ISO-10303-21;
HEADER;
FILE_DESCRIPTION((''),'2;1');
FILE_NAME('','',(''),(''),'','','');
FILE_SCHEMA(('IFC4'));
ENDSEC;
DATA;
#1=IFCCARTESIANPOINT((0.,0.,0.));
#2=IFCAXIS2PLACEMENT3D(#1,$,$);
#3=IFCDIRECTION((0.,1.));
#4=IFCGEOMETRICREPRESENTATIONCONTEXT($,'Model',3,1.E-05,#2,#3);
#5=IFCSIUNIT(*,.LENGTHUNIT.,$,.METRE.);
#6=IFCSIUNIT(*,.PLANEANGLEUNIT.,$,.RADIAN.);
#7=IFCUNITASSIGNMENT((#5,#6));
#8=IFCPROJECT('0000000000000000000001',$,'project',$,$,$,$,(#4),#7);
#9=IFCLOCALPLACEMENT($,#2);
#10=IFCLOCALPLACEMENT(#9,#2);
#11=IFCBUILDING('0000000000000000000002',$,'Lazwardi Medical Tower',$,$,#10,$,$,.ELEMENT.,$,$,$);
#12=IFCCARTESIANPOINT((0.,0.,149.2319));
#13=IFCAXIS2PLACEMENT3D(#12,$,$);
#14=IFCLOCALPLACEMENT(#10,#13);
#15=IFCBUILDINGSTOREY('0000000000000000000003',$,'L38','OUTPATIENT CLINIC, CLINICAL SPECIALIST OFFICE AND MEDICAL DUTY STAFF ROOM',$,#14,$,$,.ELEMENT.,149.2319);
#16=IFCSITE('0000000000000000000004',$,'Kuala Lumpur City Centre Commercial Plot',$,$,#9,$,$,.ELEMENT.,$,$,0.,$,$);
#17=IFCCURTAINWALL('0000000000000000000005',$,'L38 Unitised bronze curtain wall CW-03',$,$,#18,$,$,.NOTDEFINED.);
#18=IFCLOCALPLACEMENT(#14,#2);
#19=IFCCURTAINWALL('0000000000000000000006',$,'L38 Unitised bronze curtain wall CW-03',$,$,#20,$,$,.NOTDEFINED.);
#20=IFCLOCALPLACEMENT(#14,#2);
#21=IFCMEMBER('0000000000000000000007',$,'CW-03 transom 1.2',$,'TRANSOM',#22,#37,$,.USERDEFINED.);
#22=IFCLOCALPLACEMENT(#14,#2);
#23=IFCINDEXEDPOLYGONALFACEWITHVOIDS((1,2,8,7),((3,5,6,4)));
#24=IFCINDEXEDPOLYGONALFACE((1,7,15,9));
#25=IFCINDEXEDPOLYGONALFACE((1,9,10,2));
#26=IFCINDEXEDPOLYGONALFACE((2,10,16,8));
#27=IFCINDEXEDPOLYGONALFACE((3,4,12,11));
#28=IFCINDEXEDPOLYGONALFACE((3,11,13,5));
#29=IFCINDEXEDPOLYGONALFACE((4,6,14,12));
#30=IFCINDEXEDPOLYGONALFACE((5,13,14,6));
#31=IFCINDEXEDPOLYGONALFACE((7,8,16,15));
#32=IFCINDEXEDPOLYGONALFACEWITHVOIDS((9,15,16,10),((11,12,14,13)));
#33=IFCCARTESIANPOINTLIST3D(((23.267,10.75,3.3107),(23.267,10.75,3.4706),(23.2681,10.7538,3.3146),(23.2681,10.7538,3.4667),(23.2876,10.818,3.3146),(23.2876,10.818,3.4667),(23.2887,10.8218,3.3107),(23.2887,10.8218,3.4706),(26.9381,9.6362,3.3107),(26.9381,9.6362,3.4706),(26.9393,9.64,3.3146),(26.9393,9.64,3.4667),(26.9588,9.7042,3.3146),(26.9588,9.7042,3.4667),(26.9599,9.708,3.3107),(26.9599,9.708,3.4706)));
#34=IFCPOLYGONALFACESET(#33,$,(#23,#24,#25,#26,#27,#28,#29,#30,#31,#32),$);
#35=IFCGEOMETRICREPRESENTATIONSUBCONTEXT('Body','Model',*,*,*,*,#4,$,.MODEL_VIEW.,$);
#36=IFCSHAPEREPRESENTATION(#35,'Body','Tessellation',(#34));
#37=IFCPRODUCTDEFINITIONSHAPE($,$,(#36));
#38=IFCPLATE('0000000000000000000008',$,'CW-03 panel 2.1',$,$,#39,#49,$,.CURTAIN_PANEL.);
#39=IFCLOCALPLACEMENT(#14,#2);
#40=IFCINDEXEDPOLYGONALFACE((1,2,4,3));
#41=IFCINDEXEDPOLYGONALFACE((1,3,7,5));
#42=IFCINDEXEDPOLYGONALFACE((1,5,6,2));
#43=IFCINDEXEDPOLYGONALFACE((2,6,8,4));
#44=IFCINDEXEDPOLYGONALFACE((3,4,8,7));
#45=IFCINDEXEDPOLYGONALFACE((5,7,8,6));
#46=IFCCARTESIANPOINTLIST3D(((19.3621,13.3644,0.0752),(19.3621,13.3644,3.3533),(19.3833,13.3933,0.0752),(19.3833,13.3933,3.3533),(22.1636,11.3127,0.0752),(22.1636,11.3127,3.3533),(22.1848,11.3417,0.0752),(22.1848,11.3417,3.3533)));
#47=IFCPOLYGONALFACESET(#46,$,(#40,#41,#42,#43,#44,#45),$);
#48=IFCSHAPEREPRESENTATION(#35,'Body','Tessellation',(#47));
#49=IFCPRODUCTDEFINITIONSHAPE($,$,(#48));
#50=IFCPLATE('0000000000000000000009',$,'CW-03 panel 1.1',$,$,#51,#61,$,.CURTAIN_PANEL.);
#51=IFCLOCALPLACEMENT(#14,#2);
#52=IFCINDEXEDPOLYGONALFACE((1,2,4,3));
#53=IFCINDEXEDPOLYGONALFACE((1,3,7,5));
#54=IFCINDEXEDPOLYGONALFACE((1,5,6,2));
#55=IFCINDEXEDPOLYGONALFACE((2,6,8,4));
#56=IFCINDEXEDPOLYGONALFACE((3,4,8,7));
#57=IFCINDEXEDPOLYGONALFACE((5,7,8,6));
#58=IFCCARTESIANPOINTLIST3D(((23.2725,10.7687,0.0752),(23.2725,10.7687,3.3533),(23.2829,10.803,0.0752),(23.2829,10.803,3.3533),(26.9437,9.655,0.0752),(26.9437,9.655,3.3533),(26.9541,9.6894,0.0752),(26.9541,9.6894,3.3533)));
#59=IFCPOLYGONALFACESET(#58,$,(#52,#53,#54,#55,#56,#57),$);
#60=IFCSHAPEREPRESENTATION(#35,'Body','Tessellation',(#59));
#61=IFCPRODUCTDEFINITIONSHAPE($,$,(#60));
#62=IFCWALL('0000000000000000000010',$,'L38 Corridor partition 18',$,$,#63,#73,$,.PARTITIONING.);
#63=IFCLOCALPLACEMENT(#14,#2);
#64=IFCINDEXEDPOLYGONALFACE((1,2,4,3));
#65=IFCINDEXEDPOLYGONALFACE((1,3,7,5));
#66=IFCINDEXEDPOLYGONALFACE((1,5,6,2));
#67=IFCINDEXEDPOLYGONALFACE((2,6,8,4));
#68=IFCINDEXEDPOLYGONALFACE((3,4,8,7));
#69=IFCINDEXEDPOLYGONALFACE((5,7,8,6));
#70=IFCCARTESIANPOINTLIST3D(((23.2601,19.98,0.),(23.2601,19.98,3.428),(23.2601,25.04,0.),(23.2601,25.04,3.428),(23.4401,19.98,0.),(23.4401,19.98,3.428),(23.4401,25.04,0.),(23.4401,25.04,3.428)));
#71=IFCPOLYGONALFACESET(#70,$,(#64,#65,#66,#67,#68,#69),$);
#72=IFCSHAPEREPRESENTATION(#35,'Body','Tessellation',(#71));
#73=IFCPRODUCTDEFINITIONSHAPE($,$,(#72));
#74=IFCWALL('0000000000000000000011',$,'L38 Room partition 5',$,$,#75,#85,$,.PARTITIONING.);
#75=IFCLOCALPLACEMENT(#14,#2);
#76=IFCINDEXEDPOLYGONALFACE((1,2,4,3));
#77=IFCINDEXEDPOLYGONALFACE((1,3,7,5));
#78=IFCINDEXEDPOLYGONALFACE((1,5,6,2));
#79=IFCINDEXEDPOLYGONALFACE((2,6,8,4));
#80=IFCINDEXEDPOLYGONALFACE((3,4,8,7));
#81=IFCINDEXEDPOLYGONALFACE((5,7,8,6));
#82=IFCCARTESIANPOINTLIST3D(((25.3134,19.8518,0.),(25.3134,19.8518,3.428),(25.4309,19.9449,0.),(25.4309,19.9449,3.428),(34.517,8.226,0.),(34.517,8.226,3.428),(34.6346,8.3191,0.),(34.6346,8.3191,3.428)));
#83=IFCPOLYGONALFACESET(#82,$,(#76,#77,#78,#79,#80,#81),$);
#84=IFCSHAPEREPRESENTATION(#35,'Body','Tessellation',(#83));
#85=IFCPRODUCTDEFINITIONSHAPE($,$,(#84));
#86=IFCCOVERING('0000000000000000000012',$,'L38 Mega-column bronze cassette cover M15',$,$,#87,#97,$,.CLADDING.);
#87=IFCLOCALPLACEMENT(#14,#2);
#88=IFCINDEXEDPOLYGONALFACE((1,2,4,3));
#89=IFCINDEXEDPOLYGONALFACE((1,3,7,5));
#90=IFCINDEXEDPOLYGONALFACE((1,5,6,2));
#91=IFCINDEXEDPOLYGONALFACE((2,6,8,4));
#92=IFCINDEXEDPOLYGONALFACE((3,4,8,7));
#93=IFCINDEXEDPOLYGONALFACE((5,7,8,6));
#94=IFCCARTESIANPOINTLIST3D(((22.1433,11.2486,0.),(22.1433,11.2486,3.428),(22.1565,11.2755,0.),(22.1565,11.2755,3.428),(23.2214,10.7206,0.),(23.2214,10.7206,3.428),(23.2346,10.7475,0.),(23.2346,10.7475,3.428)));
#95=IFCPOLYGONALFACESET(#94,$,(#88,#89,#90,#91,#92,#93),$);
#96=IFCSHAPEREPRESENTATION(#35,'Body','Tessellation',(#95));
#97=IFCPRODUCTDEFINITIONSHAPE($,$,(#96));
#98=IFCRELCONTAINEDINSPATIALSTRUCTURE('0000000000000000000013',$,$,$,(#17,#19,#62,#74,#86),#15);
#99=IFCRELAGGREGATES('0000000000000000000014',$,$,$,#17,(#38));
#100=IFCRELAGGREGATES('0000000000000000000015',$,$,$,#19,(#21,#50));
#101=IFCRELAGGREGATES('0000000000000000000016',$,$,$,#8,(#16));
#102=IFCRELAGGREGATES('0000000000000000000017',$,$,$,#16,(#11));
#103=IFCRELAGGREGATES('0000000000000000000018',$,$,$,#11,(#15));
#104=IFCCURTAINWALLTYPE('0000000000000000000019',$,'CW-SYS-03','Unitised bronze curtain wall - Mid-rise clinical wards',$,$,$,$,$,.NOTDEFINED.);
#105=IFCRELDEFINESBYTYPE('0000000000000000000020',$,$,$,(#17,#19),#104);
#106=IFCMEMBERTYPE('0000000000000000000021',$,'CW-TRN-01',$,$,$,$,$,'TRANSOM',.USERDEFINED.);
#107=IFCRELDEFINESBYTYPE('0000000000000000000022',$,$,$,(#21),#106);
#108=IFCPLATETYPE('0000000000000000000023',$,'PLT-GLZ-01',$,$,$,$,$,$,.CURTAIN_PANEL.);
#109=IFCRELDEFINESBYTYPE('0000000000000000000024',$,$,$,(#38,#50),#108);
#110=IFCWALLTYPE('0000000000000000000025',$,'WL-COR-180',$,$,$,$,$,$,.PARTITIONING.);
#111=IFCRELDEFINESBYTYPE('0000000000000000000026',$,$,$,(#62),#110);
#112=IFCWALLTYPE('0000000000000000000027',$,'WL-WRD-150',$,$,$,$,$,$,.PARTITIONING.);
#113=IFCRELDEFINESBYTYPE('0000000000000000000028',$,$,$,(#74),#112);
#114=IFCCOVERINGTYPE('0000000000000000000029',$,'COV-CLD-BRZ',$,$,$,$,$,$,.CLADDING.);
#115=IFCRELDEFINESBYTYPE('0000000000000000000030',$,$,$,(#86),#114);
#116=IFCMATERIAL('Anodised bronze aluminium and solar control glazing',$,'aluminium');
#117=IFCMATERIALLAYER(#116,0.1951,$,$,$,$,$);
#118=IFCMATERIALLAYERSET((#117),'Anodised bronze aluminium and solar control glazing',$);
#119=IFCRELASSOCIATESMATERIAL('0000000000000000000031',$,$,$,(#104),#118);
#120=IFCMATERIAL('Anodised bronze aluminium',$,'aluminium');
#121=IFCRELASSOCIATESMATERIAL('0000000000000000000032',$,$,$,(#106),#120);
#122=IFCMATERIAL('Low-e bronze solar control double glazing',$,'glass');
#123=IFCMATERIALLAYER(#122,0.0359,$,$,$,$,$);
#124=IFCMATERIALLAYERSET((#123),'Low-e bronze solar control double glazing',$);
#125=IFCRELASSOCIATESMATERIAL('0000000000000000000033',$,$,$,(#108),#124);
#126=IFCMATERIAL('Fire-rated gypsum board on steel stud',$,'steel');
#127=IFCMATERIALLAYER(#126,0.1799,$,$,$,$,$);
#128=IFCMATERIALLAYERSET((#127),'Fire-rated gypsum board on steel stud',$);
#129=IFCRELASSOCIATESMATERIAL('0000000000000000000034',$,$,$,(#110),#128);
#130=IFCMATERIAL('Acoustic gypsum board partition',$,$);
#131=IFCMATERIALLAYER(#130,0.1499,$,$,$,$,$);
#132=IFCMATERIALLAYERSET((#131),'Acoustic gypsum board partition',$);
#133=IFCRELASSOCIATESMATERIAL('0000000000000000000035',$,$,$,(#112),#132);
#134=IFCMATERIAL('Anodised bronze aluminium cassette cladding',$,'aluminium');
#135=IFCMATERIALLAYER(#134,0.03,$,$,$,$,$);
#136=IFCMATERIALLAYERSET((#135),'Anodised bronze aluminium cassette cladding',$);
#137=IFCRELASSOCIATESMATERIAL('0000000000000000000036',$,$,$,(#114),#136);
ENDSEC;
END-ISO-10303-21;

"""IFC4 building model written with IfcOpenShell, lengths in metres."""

from ifc_helpers import new_model, si_unit, direction, frame, frame_2d, origin, origin_2d, place, context, subcontext, project, spatial, rectangle, hollow_rectangle, extrude, material, layer, layer_set, material_profile, profile_set, type_object, element, aggregate, save


model = new_model("IFC4")

# Units and contexts
model_context = context("Model", 3, precision=1e-05, world=origin(), true_north=direction((0.0, 1.0)))
body_context = subcontext(model_context, "Body", "Model", "MODEL_VIEW")
ifc_project = project(units=[si_unit("LENGTHUNIT", "METRE"), si_unit("PLANEANGLEUNIT", "RADIAN")], contexts=[model_context])

# Site, building, storey
site_placement = place(None, origin())
site = spatial("IfcSite", under=ifc_project, at=site_placement, Name="Kuala Lumpur City Centre Commercial Plot", CompositionType="ELEMENT", RefElevation=0.0)
building_placement = place(site_placement, origin())
building = spatial("IfcBuilding", under=site, at=building_placement, Name="Lazwardi Medical Tower", CompositionType="ELEMENT")
storey_placement = place(building_placement, frame((0.0, 0.0, 149.2319)))
storey = spatial("IfcBuildingStorey", under=building, at=storey_placement, Name="L38", Description="OUTPATIENT CLINIC, CLINICAL SPECIALIST OFFICE AND MEDICAL DUTY STAFF ROOM", CompositionType="ELEMENT", Elevation=149.2319)

# Curtain walls
ifc_material_1 = material(Name="Anodised bronze aluminium and solar control glazing", Category="aluminium")
ifc_layer_1 = layer(ifc_material_1, 0.1951)
ifc_layer_set_1 = layer_set([ifc_layer_1], Name="Anodised bronze aluminium and solar control glazing")
curtain_wall_type = type_object("IfcCurtainWallType", Name="CW-SYS-03", Description="Unitised bronze curtain wall - Mid-rise clinical wards", PredefinedType="NOTDEFINED", material=ifc_layer_set_1)
curtain_wall_1_placement = place(storey_placement, origin())
curtain_wall_1 = element("IfcCurtainWall", 1, at=curtain_wall_1_placement, inside=storey, type_object=curtain_wall_type, Name="L38 Unitised bronze curtain wall CW-03", PredefinedType="NOTDEFINED")
ifc_material_2 = material(Name="Anodised bronze aluminium", Category="aluminium")
curtain_wall_2_placement = place(storey_placement, origin())
curtain_wall_2 = element("IfcCurtainWall", 2, at=curtain_wall_2_placement, inside=storey, type_object=curtain_wall_type, Name="L38 Unitised bronze curtain wall CW-03", PredefinedType="NOTDEFINED")

# Member
ifc_material_profile_1 = material_profile(ifc_material_2, hollow_rectangle(XDim=0.075, YDim=0.1599, WallThickness=0.0039, at=origin_2d()), Name="ALU-TRANSOM 160x75x4")
ifc_profile_set_1 = profile_set([ifc_material_profile_1], Name="Anodised bronze aluminium")
member_type_1 = type_object("IfcMemberType", Name="CW-TRN-01", ElementType="TRANSOM", PredefinedType="USERDEFINED", material=ifc_profile_set_1)
member_1_placement = place(storey_placement, frame((23.2778, 10.7859, 3.3906), z_axis=(0.95693, -0.290318, 0.0), x_axis=(0.290318, 0.95693, 0.0)))
member_1 = element("IfcMember", 3, at=member_1_placement, type_object=member_type_1, Name="CW-03 transom 1.2", ObjectType="TRANSOM", PredefinedType="USERDEFINED", context=body_context, shape_type="SweptSolid", body=[
    extrude(hollow_rectangle(XDim=0.075, YDim=0.1599, WallThickness=0.0039, at=origin_2d()), origin(), (0.0, 0.0, 1.0), 3.8364),
])

# Plates
ifc_material_3 = material(Name="Low-e bronze solar control double glazing", Category="glass")
ifc_layer_2 = layer(ifc_material_3, 0.0359)
ifc_layer_set_2 = layer_set([ifc_layer_2], Name="Low-e bronze solar control double glazing")
plate_type = type_object("IfcPlateType", Name="PLT-GLZ-01", PredefinedType="CURTAIN_PANEL", material=ifc_layer_set_2)
plate_1_placement = place(storey_placement, frame((20.7734, 12.353, 0.0752), z_axis=(0.0, 0.0, 1.0), x_axis=(0.806793, -0.590834, 0.0)))
plate_1 = element("IfcPlate", 4, at=plate_1_placement, type_object=plate_type, Name="CW-03 panel 2.1", PredefinedType="CURTAIN_PANEL", context=body_context, shape_type="SweptSolid", body=[
    extrude(rectangle(XDim=3.4724, YDim=0.0359, at=origin_2d()), origin(), (0.0, 0.0, 1.0), 3.2781),
])
aggregate(curtain_wall_1, [plate_1])
plate_2_placement = place(storey_placement, frame((25.1133, 10.229, 0.0752), z_axis=(0.0, 0.0, 1.0), x_axis=(0.956942, -0.290281, 0.0)))
plate_2 = element("IfcPlate", 5, at=plate_2_placement, type_object=plate_type, Name="CW-03 panel 1.1", PredefinedType="CURTAIN_PANEL", context=body_context, shape_type="SweptSolid", body=[
    extrude(rectangle(XDim=3.8364, YDim=0.0359, at=origin_2d()), origin(), (0.0, 0.0, 1.0), 3.2781),
])
aggregate(curtain_wall_2, [member_1, plate_2])

# Walls
ifc_material_4 = material(Name="Fire-rated gypsum board on steel stud", Category="steel")
ifc_layer_3 = layer(ifc_material_4, 0.1799)
ifc_layer_set_3 = layer_set([ifc_layer_3], Name="Fire-rated gypsum board on steel stud")
wall_type_1 = type_object("IfcWallType", Name="WL-COR-180", PredefinedType="PARTITIONING", material=ifc_layer_set_3)
wall_1_placement = place(storey_placement, frame((23.3501, 19.98, 0.0), z_axis=(0.0, 0.0, 1.0), x_axis=(0.0, 1.0, 0.0)))
element("IfcWall", 6, at=wall_1_placement, inside=storey, type_object=wall_type_1, Name="L38 Corridor partition 18", PredefinedType="PARTITIONING", context=body_context, shape_type="SweptSolid", body=[
    extrude(rectangle(XDim=5.0601, YDim=0.1799, at=frame_2d((2.53, 0.0))), origin(), (0.0, 0.0, 1.0), 3.428),
])
ifc_material_5 = material(Name="Acoustic gypsum board partition")
ifc_layer_4 = layer(ifc_material_5, 0.1499)
ifc_layer_set_4 = layer_set([ifc_layer_4], Name="Acoustic gypsum board partition")
wall_type_2 = type_object("IfcWallType", Name="WL-WRD-150", PredefinedType="PARTITIONING", material=ifc_layer_set_4)
wall_2_placement = place(storey_placement, frame((25.3721, 19.8984, 0.0), z_axis=(0.0, 0.0, 1.0), x_axis=(0.620699, -0.784049, 0.0)))
element("IfcWall", 7, at=wall_2_placement, inside=storey, type_object=wall_type_2, Name="L38 Room partition 5", PredefinedType="PARTITIONING", context=body_context, shape_type="SweptSolid", body=[
    extrude(rectangle(XDim=14.8279, YDim=0.1499, at=frame_2d((7.4141, 0.0))), origin(), (0.0, 0.0, 1.0), 3.428),
])

# Covering
ifc_material_6 = material(Name="Anodised bronze aluminium cassette cladding", Category="aluminium")
ifc_layer_5 = layer(ifc_material_6, 0.03)
ifc_layer_set_5 = layer_set([ifc_layer_5], Name="Anodised bronze aluminium cassette cladding")
covering_type = type_object("IfcCoveringType", Name="COV-CLD-BRZ", PredefinedType="CLADDING", material=ifc_layer_set_5)
covering_placement = place(storey_placement, frame((22.689, 10.998, 0.0), z_axis=(0.0, 0.0, 1.0), x_axis=(0.898079, -0.439834, 0.0)))
element("IfcCovering", 8, at=covering_placement, inside=storey, type_object=covering_type, Name="L38 Mega-column bronze cassette cover M15", PredefinedType="CLADDING", context=body_context, shape_type="SweptSolid", body=[
    extrude(rectangle(XDim=1.2004, YDim=0.03, at=origin_2d()), origin(), (0.0, 0.0, 1.0), 3.428),
])

save(model, "model.ifc")
